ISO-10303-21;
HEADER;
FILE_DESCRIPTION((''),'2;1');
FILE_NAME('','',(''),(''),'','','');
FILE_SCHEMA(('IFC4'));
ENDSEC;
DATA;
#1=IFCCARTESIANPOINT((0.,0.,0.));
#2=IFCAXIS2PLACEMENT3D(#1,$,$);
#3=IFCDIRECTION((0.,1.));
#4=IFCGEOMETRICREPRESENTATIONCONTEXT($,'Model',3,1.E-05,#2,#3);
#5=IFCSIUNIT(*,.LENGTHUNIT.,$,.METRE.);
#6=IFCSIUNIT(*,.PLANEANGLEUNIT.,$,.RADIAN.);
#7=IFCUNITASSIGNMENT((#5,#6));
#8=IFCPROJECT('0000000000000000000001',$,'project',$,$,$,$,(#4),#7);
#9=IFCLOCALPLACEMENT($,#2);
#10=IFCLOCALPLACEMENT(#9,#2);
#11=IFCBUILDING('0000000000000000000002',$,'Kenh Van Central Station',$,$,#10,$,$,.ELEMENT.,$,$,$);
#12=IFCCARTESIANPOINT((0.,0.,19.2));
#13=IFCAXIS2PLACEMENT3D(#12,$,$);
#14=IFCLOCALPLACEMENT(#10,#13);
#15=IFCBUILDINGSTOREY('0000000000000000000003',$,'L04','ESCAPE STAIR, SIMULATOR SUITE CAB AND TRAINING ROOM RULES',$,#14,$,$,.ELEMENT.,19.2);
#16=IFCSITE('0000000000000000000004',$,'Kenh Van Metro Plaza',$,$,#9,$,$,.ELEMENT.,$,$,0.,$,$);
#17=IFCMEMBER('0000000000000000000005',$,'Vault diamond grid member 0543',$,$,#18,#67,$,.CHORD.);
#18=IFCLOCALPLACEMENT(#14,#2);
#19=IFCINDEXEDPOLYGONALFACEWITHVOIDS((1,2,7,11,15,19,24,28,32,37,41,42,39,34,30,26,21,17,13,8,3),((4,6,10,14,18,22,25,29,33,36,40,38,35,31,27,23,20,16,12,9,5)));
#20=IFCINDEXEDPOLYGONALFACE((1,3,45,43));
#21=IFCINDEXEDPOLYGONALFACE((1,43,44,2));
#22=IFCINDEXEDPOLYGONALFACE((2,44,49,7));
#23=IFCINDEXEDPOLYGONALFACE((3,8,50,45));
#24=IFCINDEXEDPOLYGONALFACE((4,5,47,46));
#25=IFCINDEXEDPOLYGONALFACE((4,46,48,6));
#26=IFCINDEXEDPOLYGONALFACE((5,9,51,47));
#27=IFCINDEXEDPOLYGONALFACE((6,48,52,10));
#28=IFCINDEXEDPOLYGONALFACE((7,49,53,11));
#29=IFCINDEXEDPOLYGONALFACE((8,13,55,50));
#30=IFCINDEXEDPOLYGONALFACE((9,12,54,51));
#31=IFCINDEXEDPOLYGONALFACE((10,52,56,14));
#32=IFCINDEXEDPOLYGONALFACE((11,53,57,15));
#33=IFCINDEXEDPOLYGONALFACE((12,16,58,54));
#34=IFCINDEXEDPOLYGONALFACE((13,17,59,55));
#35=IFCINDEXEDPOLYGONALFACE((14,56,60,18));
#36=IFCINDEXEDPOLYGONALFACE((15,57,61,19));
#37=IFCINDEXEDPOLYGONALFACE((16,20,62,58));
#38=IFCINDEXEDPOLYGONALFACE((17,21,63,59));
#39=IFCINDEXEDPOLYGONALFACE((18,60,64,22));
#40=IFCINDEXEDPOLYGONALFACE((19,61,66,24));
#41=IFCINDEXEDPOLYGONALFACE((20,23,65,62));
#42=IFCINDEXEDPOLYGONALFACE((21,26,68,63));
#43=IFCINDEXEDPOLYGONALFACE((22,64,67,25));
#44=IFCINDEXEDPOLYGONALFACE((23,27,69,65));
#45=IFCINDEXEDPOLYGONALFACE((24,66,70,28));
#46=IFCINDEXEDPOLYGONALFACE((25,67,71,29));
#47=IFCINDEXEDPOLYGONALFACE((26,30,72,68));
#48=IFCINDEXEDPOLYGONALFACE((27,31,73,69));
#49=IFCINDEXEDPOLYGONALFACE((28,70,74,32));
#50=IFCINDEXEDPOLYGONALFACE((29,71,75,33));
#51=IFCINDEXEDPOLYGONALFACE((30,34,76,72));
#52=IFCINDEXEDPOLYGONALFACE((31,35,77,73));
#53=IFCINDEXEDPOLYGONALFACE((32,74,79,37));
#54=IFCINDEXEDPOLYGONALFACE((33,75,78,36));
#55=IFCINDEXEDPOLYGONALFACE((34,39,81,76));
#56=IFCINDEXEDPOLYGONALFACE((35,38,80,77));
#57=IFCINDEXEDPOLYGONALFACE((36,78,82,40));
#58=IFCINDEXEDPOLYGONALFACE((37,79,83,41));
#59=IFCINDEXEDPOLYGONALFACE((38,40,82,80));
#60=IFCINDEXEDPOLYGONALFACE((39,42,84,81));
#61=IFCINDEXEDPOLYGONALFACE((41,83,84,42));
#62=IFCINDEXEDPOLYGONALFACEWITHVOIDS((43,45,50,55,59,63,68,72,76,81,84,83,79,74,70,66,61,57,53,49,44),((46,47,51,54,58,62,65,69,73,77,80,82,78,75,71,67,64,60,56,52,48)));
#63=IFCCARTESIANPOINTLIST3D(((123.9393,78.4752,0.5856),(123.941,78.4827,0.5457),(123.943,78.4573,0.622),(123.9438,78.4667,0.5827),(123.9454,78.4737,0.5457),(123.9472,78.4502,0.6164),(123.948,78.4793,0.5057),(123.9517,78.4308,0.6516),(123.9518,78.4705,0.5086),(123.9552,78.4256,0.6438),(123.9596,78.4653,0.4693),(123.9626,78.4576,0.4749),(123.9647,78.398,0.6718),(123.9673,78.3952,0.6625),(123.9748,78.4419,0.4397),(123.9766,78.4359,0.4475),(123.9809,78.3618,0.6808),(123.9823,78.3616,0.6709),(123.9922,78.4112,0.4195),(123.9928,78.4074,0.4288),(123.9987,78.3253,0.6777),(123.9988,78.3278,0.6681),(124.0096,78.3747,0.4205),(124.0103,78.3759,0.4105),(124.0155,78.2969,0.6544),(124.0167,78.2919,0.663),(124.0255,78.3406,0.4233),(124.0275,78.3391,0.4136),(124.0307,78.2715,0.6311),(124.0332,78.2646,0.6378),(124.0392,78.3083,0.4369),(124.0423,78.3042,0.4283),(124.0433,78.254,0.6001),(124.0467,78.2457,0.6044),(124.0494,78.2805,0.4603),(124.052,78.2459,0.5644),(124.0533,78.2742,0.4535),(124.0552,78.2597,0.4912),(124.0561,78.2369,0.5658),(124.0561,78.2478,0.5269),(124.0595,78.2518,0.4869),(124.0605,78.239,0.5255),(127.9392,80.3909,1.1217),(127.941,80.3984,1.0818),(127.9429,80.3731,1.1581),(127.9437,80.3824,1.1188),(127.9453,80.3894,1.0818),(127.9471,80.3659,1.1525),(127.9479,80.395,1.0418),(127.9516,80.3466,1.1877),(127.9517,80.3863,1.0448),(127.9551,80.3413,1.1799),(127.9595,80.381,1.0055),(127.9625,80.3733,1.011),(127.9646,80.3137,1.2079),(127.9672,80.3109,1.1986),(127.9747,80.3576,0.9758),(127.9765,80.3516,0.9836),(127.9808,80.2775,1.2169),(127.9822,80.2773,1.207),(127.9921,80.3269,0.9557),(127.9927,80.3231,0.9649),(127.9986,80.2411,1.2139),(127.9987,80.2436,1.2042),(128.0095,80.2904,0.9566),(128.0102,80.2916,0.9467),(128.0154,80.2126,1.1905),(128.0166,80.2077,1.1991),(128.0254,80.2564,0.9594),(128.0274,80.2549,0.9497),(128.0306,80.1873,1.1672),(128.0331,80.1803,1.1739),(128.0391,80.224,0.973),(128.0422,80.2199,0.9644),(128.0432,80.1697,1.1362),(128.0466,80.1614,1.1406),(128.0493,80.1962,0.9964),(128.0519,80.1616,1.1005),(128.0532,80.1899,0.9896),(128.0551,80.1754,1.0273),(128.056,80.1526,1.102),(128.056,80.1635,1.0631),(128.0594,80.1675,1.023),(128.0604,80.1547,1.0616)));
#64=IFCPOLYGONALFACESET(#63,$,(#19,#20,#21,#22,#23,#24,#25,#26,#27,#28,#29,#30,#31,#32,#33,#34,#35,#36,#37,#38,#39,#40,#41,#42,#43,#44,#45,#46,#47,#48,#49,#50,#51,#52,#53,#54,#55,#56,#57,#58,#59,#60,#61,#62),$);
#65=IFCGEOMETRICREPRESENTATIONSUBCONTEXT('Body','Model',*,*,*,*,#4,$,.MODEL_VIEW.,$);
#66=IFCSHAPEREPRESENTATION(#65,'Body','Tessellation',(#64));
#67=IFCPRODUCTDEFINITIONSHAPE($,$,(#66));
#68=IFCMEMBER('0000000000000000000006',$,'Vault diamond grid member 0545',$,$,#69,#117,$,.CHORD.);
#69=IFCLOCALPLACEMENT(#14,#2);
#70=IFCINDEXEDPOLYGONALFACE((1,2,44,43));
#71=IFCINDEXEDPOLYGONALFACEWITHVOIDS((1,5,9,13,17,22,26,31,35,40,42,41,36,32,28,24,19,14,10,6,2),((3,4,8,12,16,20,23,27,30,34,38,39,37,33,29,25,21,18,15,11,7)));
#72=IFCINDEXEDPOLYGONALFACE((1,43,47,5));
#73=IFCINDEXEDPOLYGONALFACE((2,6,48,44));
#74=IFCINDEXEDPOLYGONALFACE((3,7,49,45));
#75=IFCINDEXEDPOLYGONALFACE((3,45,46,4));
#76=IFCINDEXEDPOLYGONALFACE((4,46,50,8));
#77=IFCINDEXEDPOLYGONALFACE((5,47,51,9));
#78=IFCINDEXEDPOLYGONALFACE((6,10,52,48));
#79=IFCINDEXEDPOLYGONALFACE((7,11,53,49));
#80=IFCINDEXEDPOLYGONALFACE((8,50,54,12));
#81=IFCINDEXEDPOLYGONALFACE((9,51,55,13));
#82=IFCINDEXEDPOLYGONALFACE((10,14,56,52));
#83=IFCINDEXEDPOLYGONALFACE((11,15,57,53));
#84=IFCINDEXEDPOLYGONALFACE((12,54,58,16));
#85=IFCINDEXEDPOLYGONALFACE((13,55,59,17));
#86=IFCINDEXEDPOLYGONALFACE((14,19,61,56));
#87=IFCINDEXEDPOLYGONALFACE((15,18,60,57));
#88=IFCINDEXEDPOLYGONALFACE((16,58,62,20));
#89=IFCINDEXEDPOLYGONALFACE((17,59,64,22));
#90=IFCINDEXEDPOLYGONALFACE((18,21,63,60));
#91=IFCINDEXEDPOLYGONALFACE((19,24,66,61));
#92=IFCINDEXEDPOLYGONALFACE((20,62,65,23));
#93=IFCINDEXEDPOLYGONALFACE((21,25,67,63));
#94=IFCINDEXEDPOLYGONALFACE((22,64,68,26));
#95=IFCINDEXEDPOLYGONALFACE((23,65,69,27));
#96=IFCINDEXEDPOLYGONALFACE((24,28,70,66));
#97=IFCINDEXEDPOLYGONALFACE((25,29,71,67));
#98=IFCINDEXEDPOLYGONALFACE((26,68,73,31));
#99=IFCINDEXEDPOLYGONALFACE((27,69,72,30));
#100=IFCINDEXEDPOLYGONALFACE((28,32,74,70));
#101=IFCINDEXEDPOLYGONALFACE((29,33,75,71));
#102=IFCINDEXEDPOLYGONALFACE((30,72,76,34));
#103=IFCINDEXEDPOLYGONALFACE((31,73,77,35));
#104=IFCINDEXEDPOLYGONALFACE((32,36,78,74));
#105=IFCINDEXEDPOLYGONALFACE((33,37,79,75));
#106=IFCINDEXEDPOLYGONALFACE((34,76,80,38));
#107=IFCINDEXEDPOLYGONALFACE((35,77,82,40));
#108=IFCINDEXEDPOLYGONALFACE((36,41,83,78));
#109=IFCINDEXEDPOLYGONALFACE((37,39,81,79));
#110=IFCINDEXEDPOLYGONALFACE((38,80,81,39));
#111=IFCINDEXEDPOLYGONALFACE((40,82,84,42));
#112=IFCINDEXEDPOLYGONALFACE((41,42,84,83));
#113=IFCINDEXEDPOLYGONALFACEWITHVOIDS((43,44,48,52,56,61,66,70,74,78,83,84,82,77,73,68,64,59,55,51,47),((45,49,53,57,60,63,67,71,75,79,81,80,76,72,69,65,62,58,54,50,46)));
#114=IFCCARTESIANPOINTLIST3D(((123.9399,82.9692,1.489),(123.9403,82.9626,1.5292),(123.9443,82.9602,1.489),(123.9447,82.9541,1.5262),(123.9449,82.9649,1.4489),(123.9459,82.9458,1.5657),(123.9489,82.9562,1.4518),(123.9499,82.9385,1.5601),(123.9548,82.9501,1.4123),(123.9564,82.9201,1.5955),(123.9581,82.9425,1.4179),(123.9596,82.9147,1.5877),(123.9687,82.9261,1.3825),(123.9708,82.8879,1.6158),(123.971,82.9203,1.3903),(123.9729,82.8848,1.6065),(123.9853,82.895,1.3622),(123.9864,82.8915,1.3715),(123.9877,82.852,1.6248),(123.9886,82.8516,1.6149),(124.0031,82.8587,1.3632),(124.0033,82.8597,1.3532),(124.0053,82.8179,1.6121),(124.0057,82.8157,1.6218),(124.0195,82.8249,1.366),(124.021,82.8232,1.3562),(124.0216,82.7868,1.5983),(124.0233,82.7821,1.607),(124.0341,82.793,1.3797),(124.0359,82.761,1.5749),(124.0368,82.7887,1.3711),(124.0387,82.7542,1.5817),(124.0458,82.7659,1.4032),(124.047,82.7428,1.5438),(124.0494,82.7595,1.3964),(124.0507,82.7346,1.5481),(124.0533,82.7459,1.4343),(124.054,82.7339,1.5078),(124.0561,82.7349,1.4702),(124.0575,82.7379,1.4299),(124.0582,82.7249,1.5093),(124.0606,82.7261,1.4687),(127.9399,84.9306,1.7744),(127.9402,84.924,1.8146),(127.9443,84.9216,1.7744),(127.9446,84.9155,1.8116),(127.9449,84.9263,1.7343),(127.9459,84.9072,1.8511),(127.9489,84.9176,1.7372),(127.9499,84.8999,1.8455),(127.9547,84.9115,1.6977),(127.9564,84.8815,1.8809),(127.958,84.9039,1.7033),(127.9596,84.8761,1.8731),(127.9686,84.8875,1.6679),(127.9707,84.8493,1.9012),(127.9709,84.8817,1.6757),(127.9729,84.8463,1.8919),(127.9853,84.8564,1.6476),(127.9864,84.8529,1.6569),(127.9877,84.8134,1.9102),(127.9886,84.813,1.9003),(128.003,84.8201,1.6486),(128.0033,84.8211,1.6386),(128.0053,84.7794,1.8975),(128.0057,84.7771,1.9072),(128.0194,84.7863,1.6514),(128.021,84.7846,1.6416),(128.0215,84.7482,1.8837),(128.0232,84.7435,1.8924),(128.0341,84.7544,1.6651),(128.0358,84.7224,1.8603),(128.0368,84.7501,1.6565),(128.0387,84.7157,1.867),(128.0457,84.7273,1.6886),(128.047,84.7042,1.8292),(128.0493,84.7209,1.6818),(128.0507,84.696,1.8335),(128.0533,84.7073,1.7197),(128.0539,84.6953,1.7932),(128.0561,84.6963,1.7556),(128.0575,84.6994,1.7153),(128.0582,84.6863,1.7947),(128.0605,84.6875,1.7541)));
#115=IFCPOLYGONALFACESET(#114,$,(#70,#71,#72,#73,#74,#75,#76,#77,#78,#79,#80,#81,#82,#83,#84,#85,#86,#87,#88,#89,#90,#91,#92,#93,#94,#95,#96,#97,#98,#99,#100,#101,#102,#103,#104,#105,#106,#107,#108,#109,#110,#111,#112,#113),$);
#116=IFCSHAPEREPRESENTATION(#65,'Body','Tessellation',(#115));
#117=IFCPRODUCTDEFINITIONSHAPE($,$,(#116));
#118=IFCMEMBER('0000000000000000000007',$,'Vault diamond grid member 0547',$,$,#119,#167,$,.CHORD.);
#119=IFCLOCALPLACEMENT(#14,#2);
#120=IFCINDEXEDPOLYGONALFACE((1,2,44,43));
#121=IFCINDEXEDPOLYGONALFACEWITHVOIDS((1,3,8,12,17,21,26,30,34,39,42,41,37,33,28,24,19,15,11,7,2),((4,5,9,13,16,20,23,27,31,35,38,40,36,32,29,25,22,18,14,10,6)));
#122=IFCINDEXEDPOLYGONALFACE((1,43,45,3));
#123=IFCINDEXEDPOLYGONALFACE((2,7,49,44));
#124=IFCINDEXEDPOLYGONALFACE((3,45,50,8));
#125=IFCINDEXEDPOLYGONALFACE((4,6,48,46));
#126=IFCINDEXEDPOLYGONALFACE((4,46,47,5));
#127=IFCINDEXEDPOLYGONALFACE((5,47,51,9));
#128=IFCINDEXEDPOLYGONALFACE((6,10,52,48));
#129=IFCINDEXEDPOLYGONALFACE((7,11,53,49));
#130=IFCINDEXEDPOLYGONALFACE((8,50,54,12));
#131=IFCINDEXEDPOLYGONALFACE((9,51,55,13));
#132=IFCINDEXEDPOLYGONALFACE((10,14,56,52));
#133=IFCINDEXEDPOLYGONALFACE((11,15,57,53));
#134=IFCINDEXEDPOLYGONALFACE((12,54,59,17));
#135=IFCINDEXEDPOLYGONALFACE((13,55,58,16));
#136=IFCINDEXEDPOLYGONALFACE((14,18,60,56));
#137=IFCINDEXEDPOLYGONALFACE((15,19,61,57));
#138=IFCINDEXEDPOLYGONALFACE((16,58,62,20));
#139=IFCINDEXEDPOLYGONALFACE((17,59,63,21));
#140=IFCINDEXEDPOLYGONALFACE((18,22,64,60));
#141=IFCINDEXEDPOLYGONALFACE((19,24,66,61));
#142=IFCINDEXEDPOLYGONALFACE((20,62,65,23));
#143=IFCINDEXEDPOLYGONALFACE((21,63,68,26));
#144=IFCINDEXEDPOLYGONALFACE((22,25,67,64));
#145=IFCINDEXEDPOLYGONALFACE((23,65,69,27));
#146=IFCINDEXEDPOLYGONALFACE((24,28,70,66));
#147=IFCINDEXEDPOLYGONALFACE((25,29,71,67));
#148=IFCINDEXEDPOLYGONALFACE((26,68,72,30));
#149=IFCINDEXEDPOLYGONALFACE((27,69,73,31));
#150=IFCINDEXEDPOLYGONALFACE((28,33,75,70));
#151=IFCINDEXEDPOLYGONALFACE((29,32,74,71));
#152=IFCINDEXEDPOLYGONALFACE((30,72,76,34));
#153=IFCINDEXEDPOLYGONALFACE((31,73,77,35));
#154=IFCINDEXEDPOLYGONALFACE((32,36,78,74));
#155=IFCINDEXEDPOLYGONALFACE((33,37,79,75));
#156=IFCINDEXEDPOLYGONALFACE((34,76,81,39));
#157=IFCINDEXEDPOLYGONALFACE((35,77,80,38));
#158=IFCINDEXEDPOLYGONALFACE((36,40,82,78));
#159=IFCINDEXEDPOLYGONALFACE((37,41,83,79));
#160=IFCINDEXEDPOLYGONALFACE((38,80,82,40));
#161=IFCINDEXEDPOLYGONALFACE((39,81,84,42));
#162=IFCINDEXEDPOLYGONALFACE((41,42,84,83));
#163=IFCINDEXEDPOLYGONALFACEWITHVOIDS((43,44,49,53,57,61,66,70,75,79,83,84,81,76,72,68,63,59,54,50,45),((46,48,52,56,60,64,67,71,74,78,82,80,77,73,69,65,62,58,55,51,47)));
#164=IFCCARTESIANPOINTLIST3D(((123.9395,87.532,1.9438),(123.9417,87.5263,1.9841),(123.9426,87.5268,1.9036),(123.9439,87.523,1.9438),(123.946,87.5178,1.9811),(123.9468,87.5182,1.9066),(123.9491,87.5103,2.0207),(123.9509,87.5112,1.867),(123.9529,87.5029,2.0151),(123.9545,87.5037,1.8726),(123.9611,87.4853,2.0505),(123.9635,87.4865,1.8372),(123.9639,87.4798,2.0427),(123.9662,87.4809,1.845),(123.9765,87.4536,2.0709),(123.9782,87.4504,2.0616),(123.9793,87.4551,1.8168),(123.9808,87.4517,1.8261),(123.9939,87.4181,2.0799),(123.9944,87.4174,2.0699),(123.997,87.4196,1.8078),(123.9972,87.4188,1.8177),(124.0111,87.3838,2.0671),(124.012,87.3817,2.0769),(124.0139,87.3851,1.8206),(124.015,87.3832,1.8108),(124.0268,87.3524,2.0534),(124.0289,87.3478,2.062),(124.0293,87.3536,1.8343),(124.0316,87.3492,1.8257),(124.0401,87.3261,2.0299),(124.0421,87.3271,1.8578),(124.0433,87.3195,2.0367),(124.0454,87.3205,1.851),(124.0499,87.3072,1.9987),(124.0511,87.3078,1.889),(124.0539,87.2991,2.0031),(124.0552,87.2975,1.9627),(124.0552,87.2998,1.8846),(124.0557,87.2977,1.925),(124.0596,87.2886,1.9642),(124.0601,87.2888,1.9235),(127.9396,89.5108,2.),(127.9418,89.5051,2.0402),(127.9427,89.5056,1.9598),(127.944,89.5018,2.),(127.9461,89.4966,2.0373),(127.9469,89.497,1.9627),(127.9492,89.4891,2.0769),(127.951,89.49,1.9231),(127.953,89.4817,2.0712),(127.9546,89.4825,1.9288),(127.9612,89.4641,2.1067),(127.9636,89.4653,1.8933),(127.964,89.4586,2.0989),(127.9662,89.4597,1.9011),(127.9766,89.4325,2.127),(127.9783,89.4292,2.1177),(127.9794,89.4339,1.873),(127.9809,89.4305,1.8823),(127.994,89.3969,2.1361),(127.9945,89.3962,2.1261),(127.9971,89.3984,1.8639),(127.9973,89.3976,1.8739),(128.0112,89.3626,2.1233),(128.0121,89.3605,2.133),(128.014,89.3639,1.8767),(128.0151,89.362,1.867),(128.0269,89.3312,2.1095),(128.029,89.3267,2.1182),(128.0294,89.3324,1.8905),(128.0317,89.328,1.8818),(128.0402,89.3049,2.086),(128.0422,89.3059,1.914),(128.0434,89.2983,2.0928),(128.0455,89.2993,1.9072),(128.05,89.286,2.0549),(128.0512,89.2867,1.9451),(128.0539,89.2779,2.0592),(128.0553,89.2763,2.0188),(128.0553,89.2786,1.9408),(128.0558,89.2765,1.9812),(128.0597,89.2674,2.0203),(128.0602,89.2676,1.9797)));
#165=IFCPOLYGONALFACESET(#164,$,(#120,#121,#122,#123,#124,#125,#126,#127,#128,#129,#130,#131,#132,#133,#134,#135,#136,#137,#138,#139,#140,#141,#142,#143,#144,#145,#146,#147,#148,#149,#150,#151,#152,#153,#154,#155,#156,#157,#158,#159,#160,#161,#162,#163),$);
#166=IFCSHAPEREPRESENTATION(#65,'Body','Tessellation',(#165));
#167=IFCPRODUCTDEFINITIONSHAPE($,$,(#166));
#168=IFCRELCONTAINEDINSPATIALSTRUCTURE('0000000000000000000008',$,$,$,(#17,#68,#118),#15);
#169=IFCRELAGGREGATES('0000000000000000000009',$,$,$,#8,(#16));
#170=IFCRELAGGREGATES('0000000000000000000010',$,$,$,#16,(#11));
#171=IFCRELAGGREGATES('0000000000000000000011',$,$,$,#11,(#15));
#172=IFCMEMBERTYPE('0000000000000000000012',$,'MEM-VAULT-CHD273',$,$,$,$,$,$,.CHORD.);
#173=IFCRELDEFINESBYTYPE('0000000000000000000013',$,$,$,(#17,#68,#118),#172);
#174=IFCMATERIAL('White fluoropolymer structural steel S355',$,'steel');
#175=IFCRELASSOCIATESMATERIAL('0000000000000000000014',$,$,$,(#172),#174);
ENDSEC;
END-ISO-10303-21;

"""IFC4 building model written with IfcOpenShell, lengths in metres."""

from ifc_helpers import new_model, si_unit, direction, frame, origin, origin_2d, place, context, subcontext, project, spatial, hollow_circle, extrude, material, material_profile, profile_set, type_object, element, save


model = new_model("IFC4")

# Units and contexts
model_context = context("Model", 3, precision=1e-05, world=origin(), true_north=direction((0.0, 1.0)))
body_context = subcontext(model_context, "Body", "Model", "MODEL_VIEW")
ifc_project = project(units=[si_unit("LENGTHUNIT", "METRE"), si_unit("PLANEANGLEUNIT", "RADIAN")], contexts=[model_context])

# Site, building, storey
site_placement = place(None, origin())
site = spatial("IfcSite", under=ifc_project, at=site_placement, Name="Kenh Van Metro Plaza", CompositionType="ELEMENT", RefElevation=0.0)
building_placement = place(site_placement, origin())
building = spatial("IfcBuilding", under=site, at=building_placement, Name="Kenh Van Central Station", CompositionType="ELEMENT")
storey_placement = place(building_placement, frame((0.0, 0.0, 19.2)))
storey = spatial("IfcBuildingStorey", under=building, at=storey_placement, Name="L04", Description="ESCAPE STAIR, SIMULATOR SUITE CAB AND TRAINING ROOM RULES", CompositionType="ELEMENT", Elevation=19.2)

# Shared definitions
ifc_material_1 = material(Name="White fluoropolymer structural steel S355", Category="steel")

# Members
ifc_material_profile_1 = material_profile(ifc_material_1, hollow_circle(Radius=0.1365, WallThickness=0.01, at=origin_2d()), Name="CHS 273x10")
ifc_profile_set_1 = profile_set([ifc_material_profile_1], Name="White fluoropolymer structural steel S355")
member_type_1 = type_object("IfcMemberType", Name="MEM-VAULT-CHD273", PredefinedType="CHORD", material=ifc_profile_set_1)
member_1_placement = place(storey_placement, frame((124.0, 78.3596, 0.5457), z_axis=(0.895376, 0.428834, 0.12001), x_axis=(-0.431956, 0.901895, 0.0)))
element("IfcMember", 1, at=member_1_placement, inside=storey, type_object=member_type_1, Name="Vault diamond grid member 0543", PredefinedType="CHORD", context=body_context, shape_type="SweptSolid", body=[
    extrude(hollow_circle(Radius=0.1365, WallThickness=0.01, at=origin_2d()), origin(), (0.0, 0.0, 1.0), 4.4673),
])
member_2_placement = place(storey_placement, frame((124.0, 82.8467, 1.489), z_axis=(0.896027, 0.439373, 0.063932), x_axis=(-0.440273, 0.897864, 0.0)))
element("IfcMember", 2, at=member_2_placement, inside=storey, type_object=member_type_1, Name="Vault diamond grid member 0545", PredefinedType="CHORD", context=body_context, shape_type="SweptSolid", body=[
    extrude(hollow_circle(Radius=0.1365, WallThickness=0.01, at=origin_2d()), origin(), (0.0, 0.0, 1.0), 4.4641),
])
member_3_placement = place(storey_placement, frame((124.0, 87.4097, 1.9438), z_axis=(0.896252, 0.443367, 0.012582), x_axis=(-0.443402, 0.896323, 0.0)))
element("IfcMember", 3, at=member_3_placement, inside=storey, type_object=member_type_1, Name="Vault diamond grid member 0547", PredefinedType="CHORD", context=body_context, shape_type="SweptSolid", body=[
    extrude(hollow_circle(Radius=0.1365, WallThickness=0.01, at=origin_2d()), origin(), (0.0, 0.0, 1.0), 4.4631),
])

save(model, "model.ifc")
